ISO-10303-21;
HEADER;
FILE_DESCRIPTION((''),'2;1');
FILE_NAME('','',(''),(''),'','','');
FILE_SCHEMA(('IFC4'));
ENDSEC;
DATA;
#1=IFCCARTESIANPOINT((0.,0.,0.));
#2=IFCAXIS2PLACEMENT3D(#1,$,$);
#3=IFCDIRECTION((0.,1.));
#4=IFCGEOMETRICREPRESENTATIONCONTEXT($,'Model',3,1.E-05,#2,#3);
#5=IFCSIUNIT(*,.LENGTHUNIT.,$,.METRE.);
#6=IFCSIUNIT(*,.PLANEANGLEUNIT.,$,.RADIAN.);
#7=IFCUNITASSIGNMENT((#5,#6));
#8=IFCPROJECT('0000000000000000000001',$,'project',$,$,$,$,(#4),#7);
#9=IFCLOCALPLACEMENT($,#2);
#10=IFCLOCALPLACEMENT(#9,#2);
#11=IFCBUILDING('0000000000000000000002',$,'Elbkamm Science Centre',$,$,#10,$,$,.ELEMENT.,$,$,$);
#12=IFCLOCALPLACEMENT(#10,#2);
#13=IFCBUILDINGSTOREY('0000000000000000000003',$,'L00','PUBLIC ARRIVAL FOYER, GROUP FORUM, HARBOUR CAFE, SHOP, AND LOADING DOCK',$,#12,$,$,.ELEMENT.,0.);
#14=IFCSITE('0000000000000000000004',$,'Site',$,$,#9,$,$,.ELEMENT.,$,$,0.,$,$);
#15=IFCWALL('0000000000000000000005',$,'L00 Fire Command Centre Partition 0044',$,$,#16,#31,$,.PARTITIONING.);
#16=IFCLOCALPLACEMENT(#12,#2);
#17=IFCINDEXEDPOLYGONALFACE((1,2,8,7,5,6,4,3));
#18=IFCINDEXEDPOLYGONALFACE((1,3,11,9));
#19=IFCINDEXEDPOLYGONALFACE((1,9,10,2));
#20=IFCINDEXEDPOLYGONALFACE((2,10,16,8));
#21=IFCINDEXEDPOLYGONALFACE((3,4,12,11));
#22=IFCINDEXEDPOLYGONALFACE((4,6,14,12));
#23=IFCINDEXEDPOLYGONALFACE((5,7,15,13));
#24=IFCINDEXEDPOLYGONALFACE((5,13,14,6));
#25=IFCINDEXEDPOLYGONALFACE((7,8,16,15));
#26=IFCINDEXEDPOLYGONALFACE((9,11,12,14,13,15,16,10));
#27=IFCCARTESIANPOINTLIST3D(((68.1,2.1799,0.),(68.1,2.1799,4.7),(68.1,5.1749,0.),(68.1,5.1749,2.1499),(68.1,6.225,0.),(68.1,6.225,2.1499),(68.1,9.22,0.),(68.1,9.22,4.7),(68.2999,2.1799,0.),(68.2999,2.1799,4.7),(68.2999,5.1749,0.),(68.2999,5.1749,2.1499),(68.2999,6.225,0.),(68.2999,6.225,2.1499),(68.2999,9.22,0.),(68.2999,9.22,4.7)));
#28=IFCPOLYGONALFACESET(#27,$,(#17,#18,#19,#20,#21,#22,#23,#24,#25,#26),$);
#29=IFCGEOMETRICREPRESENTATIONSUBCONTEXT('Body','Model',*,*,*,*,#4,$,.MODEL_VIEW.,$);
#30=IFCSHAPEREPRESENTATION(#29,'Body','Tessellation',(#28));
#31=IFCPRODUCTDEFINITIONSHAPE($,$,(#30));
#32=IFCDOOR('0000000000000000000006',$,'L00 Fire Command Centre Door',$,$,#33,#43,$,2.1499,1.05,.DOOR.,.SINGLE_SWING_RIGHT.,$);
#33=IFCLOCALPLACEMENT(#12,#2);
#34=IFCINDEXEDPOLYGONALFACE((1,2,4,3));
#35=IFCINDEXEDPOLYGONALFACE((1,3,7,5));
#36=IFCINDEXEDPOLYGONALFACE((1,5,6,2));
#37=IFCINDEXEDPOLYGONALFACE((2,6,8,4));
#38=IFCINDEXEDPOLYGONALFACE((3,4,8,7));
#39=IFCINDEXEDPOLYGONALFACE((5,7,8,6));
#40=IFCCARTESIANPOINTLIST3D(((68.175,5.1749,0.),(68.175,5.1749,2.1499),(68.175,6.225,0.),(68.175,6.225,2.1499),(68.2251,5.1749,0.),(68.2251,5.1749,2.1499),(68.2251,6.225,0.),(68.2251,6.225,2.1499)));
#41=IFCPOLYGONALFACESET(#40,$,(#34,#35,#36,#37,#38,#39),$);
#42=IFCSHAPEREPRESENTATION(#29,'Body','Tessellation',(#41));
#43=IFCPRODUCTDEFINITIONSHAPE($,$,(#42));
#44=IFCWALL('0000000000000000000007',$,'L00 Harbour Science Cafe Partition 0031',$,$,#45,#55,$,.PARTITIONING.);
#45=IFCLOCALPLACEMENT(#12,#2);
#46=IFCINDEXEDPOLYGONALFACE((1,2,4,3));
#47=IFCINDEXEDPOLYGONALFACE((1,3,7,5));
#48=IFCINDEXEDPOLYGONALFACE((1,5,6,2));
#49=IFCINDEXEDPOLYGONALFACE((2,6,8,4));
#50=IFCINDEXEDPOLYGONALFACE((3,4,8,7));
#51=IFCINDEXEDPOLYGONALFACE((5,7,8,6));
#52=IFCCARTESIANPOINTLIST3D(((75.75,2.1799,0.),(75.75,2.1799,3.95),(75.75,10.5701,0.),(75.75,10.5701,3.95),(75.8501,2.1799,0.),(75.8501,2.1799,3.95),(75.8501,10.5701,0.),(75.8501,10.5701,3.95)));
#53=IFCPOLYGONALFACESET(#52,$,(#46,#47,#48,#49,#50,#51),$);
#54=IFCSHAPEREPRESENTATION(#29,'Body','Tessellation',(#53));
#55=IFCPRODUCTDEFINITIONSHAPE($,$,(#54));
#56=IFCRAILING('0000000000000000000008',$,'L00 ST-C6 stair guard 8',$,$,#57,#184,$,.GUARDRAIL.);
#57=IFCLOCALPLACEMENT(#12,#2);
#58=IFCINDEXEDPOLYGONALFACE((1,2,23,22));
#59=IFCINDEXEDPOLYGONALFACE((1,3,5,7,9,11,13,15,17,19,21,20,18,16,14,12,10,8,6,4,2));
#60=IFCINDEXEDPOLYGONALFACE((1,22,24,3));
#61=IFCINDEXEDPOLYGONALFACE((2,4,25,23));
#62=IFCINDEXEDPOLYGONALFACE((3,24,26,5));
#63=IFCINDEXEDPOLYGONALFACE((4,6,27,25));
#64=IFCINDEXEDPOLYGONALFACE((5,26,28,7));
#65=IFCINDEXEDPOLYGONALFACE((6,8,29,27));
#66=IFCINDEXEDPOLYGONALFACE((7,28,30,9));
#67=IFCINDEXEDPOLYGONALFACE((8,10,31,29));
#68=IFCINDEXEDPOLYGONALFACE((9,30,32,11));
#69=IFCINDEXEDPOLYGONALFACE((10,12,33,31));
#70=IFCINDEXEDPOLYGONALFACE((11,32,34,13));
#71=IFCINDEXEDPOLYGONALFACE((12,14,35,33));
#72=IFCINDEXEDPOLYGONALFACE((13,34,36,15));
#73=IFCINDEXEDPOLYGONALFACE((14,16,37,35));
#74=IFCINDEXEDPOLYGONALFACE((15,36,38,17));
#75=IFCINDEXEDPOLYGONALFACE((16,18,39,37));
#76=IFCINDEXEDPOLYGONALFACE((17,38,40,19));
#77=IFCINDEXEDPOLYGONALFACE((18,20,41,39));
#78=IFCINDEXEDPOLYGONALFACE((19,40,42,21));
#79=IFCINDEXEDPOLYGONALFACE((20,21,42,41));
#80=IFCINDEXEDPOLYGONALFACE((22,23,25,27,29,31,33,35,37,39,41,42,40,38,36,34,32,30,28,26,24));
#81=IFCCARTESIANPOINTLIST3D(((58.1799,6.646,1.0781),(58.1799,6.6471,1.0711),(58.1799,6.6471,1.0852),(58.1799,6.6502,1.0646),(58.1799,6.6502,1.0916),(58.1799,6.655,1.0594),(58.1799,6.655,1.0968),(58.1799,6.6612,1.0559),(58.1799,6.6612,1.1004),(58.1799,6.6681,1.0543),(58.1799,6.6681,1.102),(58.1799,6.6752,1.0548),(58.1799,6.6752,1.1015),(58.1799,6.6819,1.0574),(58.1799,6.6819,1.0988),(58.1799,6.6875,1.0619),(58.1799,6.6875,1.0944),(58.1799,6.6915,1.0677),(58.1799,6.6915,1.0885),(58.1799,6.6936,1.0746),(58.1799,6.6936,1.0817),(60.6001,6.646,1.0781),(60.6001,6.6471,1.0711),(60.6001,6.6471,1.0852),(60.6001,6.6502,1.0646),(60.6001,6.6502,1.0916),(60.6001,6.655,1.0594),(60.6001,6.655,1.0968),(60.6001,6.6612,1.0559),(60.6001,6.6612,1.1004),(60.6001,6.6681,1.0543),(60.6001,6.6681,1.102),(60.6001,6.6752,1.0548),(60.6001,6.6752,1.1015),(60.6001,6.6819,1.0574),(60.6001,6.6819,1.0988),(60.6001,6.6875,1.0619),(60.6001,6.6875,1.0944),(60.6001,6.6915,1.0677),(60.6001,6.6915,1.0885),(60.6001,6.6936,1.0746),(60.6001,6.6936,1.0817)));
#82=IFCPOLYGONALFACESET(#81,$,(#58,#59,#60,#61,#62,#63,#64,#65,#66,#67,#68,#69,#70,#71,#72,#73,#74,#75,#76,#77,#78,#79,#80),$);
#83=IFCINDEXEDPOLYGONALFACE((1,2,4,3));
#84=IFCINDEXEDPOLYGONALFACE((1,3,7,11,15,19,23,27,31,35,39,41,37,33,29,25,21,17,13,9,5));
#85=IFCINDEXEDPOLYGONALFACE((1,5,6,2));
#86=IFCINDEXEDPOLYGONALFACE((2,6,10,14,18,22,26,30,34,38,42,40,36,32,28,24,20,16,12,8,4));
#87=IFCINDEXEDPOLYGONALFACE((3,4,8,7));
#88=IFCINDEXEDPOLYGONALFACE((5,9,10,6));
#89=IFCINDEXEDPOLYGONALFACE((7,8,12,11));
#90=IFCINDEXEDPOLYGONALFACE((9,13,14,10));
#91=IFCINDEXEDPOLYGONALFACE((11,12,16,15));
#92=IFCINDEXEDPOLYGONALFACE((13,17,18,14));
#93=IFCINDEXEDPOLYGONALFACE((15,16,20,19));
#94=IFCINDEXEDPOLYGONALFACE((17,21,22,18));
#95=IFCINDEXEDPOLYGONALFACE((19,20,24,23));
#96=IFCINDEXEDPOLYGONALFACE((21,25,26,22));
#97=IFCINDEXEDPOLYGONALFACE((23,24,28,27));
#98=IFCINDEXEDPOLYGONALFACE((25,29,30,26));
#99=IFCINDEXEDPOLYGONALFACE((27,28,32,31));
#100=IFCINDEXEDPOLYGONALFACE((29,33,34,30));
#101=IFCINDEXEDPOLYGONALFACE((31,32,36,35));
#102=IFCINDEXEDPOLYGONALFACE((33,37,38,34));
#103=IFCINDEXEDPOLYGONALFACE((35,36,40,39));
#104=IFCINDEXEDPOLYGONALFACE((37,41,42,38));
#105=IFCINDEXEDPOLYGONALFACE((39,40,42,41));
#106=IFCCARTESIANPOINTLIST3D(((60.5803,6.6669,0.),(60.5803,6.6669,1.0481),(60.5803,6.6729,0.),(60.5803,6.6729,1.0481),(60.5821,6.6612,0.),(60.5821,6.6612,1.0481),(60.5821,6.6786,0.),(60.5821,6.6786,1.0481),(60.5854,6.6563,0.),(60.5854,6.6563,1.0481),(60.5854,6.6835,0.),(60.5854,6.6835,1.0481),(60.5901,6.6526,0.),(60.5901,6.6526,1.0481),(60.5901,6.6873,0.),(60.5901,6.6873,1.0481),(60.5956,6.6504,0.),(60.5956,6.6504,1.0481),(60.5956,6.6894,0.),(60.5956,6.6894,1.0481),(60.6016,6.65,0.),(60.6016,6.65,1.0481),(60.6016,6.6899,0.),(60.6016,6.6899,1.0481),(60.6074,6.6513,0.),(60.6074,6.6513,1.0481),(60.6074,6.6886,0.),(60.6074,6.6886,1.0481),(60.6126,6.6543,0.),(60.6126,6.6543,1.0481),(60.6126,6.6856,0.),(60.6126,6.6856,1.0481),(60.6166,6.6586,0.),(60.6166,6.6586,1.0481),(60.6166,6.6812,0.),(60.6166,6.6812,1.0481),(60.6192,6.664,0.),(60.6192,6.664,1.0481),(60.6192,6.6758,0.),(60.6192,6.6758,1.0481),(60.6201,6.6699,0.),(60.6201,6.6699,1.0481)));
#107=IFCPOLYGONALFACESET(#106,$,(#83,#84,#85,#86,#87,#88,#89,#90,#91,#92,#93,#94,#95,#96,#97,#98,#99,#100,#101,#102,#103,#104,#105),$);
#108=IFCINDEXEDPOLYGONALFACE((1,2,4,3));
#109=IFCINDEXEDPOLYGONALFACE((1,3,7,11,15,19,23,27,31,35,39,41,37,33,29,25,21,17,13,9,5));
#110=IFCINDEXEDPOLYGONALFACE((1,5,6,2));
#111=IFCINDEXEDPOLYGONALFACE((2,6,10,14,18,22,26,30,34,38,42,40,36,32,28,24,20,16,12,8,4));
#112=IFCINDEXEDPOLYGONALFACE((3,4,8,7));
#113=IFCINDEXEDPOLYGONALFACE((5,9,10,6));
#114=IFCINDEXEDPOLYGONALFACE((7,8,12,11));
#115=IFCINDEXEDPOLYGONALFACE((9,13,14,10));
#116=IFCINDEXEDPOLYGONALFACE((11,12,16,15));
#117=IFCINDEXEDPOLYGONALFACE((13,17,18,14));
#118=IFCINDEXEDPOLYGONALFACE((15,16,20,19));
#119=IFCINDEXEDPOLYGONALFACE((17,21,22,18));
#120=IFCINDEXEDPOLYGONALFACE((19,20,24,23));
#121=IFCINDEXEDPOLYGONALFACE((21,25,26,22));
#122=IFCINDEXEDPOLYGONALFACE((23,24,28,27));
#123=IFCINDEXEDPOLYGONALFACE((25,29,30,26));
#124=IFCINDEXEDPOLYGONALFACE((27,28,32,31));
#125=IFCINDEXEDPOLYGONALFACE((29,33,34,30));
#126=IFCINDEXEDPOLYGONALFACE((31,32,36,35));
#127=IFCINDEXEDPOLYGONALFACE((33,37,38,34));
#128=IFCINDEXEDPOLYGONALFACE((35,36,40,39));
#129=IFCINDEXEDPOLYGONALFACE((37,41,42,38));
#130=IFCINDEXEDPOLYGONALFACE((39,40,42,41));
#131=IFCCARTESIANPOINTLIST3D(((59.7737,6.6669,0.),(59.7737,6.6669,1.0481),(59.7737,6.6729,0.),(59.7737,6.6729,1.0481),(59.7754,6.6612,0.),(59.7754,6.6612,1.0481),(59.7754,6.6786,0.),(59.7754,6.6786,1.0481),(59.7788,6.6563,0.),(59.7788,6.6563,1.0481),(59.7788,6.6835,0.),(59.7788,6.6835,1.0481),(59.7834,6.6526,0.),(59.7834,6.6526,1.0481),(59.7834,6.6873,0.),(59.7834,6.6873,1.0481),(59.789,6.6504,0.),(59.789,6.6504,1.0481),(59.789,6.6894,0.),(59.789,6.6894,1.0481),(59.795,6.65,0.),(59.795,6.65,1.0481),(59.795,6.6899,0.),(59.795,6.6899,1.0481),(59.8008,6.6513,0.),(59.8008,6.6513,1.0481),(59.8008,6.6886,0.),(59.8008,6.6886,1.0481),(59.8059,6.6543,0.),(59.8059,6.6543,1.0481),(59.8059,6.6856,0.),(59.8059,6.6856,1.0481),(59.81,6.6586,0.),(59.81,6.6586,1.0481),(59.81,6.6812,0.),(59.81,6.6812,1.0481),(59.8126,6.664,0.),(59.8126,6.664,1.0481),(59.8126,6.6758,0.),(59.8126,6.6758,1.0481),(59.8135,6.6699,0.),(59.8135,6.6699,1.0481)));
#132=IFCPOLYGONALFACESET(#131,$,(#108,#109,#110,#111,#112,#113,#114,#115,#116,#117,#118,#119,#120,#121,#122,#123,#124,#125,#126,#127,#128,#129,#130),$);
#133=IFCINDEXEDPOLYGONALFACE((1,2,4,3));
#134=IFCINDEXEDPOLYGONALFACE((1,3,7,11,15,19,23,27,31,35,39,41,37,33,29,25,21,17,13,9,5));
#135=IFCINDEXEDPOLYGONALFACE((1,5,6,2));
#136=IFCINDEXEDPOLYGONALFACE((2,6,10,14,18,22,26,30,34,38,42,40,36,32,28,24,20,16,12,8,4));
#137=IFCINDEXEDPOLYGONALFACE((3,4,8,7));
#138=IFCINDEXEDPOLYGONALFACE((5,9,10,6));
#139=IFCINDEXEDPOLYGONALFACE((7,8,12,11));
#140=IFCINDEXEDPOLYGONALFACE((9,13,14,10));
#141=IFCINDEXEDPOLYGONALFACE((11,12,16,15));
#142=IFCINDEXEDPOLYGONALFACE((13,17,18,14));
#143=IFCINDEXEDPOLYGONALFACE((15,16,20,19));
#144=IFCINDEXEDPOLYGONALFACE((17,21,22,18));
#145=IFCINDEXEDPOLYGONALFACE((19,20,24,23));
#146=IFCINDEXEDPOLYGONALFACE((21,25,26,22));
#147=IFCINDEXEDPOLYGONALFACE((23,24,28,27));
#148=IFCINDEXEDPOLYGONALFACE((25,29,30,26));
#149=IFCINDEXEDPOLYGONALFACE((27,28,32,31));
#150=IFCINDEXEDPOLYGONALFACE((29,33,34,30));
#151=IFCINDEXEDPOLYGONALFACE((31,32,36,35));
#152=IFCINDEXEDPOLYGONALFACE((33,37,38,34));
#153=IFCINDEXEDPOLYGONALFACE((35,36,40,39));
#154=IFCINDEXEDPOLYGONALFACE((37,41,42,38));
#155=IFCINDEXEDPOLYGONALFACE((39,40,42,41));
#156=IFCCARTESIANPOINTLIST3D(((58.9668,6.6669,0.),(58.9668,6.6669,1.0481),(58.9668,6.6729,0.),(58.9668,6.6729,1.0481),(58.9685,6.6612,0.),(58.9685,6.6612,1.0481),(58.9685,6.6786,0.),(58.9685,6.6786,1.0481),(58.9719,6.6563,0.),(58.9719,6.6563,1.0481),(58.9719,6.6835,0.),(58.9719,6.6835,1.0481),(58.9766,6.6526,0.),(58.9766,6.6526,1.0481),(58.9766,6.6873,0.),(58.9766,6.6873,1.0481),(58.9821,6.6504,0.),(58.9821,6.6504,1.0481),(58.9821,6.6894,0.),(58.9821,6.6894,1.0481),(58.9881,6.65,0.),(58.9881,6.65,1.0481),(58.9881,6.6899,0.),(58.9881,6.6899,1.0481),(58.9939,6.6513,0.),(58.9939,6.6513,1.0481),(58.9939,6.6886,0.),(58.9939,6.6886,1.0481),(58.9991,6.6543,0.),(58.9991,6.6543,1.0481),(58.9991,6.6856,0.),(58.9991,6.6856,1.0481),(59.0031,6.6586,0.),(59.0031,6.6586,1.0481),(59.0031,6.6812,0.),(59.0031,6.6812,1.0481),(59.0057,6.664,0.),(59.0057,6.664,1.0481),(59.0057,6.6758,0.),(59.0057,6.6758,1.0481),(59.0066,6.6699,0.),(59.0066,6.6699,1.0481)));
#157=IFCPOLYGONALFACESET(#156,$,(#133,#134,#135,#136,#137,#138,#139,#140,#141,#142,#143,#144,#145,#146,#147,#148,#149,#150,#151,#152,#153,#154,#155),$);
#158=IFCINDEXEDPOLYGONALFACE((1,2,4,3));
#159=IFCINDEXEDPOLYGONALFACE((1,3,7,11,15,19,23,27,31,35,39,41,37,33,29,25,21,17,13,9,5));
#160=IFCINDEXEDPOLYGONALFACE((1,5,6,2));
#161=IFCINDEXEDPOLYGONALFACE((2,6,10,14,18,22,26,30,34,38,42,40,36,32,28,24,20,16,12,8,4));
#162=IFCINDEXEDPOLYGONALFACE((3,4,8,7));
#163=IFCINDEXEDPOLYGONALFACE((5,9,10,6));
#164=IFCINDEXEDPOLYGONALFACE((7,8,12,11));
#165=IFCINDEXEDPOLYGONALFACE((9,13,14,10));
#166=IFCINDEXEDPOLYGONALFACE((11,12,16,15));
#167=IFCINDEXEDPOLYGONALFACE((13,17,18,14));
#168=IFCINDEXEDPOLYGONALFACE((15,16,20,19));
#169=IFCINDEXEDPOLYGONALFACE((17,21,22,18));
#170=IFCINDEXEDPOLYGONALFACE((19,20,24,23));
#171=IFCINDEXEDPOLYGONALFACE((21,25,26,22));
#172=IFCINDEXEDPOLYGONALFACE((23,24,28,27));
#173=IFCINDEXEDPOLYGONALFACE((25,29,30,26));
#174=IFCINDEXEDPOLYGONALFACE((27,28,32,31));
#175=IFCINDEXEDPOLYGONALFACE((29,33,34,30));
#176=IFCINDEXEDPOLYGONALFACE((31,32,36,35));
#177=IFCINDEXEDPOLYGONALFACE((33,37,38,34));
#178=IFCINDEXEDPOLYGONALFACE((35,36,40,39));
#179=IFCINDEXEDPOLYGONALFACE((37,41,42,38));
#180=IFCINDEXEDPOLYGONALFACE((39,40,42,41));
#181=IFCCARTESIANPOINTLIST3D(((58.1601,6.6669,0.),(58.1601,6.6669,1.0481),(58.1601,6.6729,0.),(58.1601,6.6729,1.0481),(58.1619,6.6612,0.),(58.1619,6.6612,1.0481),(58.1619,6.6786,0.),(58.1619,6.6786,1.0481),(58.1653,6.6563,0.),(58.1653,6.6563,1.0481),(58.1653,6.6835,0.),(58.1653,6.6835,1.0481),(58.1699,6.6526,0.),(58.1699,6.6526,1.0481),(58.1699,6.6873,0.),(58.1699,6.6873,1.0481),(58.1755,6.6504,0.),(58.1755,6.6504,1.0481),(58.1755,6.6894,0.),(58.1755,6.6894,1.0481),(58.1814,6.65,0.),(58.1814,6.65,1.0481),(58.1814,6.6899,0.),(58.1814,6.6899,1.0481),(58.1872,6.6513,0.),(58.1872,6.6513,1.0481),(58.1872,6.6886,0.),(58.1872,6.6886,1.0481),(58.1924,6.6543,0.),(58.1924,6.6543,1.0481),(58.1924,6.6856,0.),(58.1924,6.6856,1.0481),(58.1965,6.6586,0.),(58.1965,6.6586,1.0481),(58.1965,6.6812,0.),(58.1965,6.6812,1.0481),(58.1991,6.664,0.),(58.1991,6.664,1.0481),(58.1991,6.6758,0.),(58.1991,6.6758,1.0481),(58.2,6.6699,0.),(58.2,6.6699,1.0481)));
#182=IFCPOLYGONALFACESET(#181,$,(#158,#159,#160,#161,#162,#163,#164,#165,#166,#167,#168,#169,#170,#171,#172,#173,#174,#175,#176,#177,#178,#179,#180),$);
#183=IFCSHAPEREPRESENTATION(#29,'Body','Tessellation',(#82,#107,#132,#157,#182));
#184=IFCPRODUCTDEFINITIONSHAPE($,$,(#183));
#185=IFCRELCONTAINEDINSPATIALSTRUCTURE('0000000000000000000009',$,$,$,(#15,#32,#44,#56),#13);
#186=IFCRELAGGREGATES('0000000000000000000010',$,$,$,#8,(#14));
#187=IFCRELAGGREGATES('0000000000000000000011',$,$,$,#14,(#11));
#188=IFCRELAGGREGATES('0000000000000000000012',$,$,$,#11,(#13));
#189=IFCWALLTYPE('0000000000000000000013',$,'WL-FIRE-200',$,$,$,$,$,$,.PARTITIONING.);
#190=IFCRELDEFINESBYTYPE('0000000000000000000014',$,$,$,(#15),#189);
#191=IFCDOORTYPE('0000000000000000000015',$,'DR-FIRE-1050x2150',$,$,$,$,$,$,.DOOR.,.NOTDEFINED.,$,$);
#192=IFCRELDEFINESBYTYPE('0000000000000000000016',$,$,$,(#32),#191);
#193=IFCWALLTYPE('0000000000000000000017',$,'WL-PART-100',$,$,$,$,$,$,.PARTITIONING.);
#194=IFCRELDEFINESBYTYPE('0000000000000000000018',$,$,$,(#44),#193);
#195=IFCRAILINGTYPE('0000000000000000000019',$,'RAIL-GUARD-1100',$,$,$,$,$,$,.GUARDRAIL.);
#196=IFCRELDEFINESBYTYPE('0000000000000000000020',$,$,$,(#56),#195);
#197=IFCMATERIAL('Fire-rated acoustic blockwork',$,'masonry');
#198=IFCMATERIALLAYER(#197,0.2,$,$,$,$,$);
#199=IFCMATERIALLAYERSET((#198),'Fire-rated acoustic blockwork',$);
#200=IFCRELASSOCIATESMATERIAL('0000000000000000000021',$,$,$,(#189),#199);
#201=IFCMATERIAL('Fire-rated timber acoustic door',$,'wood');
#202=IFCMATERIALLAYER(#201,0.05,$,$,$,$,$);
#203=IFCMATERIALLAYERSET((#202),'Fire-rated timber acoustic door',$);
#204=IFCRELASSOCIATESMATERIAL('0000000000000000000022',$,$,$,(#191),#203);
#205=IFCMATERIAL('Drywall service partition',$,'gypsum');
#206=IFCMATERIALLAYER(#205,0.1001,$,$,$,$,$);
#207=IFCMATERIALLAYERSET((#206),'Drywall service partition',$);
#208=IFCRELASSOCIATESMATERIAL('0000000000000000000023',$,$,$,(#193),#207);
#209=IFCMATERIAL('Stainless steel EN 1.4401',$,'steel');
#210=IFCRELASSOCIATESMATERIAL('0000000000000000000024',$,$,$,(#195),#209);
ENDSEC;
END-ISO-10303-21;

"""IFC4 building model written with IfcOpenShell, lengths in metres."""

from ifc_helpers import new_model, si_unit, direction, frame, frame_2d, origin, origin_2d, place, context, subcontext, project, spatial, rectangle, circle, extrude, material, layer, layer_set, type_object, element, fill, save


model = new_model("IFC4")

# Units and contexts
model_context = context("Model", 3, precision=1e-05, world=origin(), true_north=direction((0.0, 1.0)))
body_context = subcontext(model_context, "Body", "Model", "MODEL_VIEW")
ifc_project = project(units=[si_unit("LENGTHUNIT", "METRE"), si_unit("PLANEANGLEUNIT", "RADIAN")], contexts=[model_context])

# Site, building, storey
site_placement = place(None, origin())
site = spatial("IfcSite", under=ifc_project, at=site_placement, Name="Site", CompositionType="ELEMENT", RefElevation=0.0)
building_placement = place(site_placement, origin())
building = spatial("IfcBuilding", under=site, at=building_placement, Name="Elbkamm Science Centre", CompositionType="ELEMENT")
storey_placement = place(building_placement, origin())
storey = spatial("IfcBuildingStorey", under=building, at=storey_placement, Name="L00", Description="PUBLIC ARRIVAL FOYER, GROUP FORUM, HARBOUR CAFE, SHOP, AND LOADING DOCK", CompositionType="ELEMENT", Elevation=0.0)

# Shared definitions
ifc_material_1 = material(Name="Fire-rated acoustic blockwork", Category="masonry")
ifc_layer_1 = layer(ifc_material_1, 0.2)
ifc_layer_set_1 = layer_set([ifc_layer_1], Name="Fire-rated acoustic blockwork")
wall_type_1 = type_object("IfcWallType", Name="WL-FIRE-200", PredefinedType="PARTITIONING", material=ifc_layer_set_1)

# Wall, opening, door
wall_1_placement = place(storey_placement, frame((68.2, 2.1799, 0.0), z_axis=(0.0, 0.0, 1.0), x_axis=(0.0, 1.0, 0.0)))
wall_1 = element("IfcWall", 1, at=wall_1_placement, inside=storey, type_object=wall_type_1, Name="L00 Fire Command Centre Partition 0044", PredefinedType="PARTITIONING", context=body_context, shape_type="SweptSolid", body=[
    extrude(rectangle(XDim=7.04, YDim=0.2, at=frame_2d((3.52, 0.0))), origin(), (0.0, 0.0, 1.0), 4.7),
])
opening_1_placement = place(wall_1_placement, frame((2.9951, 0.0, 0.0)))
opening_1 = element("IfcOpeningElement", 2, at=opening_1_placement, cuts=wall_1, PredefinedType="OPENING", context=body_context, shape_type="SweptSolid", body=[
    extrude(rectangle(XDim=1.05, YDim=2.1499, at=frame_2d((0.5249, 1.075))), frame((0.0, 0.1118, 0.0), z_axis=(0.0, -1.0, 0.0), x_axis=(1.0, 0.0, 0.0)), (0.0, 0.0, 1.0), 0.2239),
])
ifc_material_2 = material(Name="Fire-rated timber acoustic door", Category="wood")
ifc_layer_2 = layer(ifc_material_2, 0.05)
ifc_layer_set_2 = layer_set([ifc_layer_2], Name="Fire-rated timber acoustic door")
door_type_1 = type_object("IfcDoorType", Name="DR-FIRE-1050x2150", OperationType="NOTDEFINED", PredefinedType="DOOR", material=ifc_layer_set_2)
door_1_placement = place(opening_1_placement, origin())
door_1 = element("IfcDoor", 3, at=door_1_placement, inside=storey, type_object=door_type_1, Name="L00 Fire Command Centre Door", OperationType="SINGLE_SWING_RIGHT", OverallHeight=2.1499, OverallWidth=1.05, PredefinedType="DOOR", context=body_context, shape_type="SweptSolid", body=[
    extrude(rectangle(XDim=1.05, YDim=2.1499, at=frame_2d((0.5249, 1.075))), frame((0.0, 0.0249, 0.0), z_axis=(0.0, -1.0, 0.0), x_axis=(1.0, 0.0, 0.0)), (0.0, 0.0, 1.0), 0.05),
])
fill(opening_1, door_1)

# Wall
ifc_material_3 = material(Name="Drywall service partition", Category="gypsum")
ifc_layer_3 = layer(ifc_material_3, 0.1001)
ifc_layer_set_3 = layer_set([ifc_layer_3], Name="Drywall service partition")
wall_type_2 = type_object("IfcWallType", Name="WL-PART-100", PredefinedType="PARTITIONING", material=ifc_layer_set_3)
wall_2_placement = place(storey_placement, frame((75.8, 2.1799, 0.0), z_axis=(0.0, 0.0, 1.0), x_axis=(0.0, 1.0, 0.0)))
element("IfcWall", 4, at=wall_2_placement, inside=storey, type_object=wall_type_2, Name="L00 Harbour Science Cafe Partition 0031", PredefinedType="PARTITIONING", context=body_context, shape_type="SweptSolid", body=[
    extrude(rectangle(XDim=8.3901, YDim=0.1001, at=frame_2d((4.1951, 0.0))), origin(), (0.0, 0.0, 1.0), 3.95),
])

# Railing
ifc_material_4 = material(Name="Stainless steel EN 1.4401", Category="steel")
railing_type = type_object("IfcRailingType", Name="RAIL-GUARD-1100", PredefinedType="GUARDRAIL", material=ifc_material_4)
for number, where, name in (
    (5, (60.6001, 6.6699, 0.0), "L00 ST-C6 stair guard 8"),
):
    element("IfcRailing", number, at=place(storey_placement, frame(where)), inside=storey, type_object=railing_type, Name=name, PredefinedType="GUARDRAIL", context=body_context, shape_type="SweptSolid", body=[
        extrude(circle(Radius=0.0239, at=origin_2d()), frame((0.0, 0.0, 1.0781), z_axis=(-1.0, 0.0, 0.0), x_axis=(0.0, -1.0, 0.0)), (0.0, 0.0, 1.0), 2.4202),
        extrude(circle(Radius=0.02, at=origin_2d()), origin(), (0.0, 0.0, 1.0), 1.0481),
        extrude(circle(Radius=0.02, at=origin_2d()), frame((-0.8066, 0.0, 0.0)), (0.0, 0.0, 1.0), 1.0481),
        extrude(circle(Radius=0.02, at=origin_2d()), frame((-1.6135, 0.0, 0.0)), (0.0, 0.0, 1.0), 1.0481),
        extrude(circle(Radius=0.02, at=origin_2d()), frame((-2.4202, 0.0, 0.0)), (0.0, 0.0, 1.0), 1.0481),
    ])

save(model, "model.ifc")
